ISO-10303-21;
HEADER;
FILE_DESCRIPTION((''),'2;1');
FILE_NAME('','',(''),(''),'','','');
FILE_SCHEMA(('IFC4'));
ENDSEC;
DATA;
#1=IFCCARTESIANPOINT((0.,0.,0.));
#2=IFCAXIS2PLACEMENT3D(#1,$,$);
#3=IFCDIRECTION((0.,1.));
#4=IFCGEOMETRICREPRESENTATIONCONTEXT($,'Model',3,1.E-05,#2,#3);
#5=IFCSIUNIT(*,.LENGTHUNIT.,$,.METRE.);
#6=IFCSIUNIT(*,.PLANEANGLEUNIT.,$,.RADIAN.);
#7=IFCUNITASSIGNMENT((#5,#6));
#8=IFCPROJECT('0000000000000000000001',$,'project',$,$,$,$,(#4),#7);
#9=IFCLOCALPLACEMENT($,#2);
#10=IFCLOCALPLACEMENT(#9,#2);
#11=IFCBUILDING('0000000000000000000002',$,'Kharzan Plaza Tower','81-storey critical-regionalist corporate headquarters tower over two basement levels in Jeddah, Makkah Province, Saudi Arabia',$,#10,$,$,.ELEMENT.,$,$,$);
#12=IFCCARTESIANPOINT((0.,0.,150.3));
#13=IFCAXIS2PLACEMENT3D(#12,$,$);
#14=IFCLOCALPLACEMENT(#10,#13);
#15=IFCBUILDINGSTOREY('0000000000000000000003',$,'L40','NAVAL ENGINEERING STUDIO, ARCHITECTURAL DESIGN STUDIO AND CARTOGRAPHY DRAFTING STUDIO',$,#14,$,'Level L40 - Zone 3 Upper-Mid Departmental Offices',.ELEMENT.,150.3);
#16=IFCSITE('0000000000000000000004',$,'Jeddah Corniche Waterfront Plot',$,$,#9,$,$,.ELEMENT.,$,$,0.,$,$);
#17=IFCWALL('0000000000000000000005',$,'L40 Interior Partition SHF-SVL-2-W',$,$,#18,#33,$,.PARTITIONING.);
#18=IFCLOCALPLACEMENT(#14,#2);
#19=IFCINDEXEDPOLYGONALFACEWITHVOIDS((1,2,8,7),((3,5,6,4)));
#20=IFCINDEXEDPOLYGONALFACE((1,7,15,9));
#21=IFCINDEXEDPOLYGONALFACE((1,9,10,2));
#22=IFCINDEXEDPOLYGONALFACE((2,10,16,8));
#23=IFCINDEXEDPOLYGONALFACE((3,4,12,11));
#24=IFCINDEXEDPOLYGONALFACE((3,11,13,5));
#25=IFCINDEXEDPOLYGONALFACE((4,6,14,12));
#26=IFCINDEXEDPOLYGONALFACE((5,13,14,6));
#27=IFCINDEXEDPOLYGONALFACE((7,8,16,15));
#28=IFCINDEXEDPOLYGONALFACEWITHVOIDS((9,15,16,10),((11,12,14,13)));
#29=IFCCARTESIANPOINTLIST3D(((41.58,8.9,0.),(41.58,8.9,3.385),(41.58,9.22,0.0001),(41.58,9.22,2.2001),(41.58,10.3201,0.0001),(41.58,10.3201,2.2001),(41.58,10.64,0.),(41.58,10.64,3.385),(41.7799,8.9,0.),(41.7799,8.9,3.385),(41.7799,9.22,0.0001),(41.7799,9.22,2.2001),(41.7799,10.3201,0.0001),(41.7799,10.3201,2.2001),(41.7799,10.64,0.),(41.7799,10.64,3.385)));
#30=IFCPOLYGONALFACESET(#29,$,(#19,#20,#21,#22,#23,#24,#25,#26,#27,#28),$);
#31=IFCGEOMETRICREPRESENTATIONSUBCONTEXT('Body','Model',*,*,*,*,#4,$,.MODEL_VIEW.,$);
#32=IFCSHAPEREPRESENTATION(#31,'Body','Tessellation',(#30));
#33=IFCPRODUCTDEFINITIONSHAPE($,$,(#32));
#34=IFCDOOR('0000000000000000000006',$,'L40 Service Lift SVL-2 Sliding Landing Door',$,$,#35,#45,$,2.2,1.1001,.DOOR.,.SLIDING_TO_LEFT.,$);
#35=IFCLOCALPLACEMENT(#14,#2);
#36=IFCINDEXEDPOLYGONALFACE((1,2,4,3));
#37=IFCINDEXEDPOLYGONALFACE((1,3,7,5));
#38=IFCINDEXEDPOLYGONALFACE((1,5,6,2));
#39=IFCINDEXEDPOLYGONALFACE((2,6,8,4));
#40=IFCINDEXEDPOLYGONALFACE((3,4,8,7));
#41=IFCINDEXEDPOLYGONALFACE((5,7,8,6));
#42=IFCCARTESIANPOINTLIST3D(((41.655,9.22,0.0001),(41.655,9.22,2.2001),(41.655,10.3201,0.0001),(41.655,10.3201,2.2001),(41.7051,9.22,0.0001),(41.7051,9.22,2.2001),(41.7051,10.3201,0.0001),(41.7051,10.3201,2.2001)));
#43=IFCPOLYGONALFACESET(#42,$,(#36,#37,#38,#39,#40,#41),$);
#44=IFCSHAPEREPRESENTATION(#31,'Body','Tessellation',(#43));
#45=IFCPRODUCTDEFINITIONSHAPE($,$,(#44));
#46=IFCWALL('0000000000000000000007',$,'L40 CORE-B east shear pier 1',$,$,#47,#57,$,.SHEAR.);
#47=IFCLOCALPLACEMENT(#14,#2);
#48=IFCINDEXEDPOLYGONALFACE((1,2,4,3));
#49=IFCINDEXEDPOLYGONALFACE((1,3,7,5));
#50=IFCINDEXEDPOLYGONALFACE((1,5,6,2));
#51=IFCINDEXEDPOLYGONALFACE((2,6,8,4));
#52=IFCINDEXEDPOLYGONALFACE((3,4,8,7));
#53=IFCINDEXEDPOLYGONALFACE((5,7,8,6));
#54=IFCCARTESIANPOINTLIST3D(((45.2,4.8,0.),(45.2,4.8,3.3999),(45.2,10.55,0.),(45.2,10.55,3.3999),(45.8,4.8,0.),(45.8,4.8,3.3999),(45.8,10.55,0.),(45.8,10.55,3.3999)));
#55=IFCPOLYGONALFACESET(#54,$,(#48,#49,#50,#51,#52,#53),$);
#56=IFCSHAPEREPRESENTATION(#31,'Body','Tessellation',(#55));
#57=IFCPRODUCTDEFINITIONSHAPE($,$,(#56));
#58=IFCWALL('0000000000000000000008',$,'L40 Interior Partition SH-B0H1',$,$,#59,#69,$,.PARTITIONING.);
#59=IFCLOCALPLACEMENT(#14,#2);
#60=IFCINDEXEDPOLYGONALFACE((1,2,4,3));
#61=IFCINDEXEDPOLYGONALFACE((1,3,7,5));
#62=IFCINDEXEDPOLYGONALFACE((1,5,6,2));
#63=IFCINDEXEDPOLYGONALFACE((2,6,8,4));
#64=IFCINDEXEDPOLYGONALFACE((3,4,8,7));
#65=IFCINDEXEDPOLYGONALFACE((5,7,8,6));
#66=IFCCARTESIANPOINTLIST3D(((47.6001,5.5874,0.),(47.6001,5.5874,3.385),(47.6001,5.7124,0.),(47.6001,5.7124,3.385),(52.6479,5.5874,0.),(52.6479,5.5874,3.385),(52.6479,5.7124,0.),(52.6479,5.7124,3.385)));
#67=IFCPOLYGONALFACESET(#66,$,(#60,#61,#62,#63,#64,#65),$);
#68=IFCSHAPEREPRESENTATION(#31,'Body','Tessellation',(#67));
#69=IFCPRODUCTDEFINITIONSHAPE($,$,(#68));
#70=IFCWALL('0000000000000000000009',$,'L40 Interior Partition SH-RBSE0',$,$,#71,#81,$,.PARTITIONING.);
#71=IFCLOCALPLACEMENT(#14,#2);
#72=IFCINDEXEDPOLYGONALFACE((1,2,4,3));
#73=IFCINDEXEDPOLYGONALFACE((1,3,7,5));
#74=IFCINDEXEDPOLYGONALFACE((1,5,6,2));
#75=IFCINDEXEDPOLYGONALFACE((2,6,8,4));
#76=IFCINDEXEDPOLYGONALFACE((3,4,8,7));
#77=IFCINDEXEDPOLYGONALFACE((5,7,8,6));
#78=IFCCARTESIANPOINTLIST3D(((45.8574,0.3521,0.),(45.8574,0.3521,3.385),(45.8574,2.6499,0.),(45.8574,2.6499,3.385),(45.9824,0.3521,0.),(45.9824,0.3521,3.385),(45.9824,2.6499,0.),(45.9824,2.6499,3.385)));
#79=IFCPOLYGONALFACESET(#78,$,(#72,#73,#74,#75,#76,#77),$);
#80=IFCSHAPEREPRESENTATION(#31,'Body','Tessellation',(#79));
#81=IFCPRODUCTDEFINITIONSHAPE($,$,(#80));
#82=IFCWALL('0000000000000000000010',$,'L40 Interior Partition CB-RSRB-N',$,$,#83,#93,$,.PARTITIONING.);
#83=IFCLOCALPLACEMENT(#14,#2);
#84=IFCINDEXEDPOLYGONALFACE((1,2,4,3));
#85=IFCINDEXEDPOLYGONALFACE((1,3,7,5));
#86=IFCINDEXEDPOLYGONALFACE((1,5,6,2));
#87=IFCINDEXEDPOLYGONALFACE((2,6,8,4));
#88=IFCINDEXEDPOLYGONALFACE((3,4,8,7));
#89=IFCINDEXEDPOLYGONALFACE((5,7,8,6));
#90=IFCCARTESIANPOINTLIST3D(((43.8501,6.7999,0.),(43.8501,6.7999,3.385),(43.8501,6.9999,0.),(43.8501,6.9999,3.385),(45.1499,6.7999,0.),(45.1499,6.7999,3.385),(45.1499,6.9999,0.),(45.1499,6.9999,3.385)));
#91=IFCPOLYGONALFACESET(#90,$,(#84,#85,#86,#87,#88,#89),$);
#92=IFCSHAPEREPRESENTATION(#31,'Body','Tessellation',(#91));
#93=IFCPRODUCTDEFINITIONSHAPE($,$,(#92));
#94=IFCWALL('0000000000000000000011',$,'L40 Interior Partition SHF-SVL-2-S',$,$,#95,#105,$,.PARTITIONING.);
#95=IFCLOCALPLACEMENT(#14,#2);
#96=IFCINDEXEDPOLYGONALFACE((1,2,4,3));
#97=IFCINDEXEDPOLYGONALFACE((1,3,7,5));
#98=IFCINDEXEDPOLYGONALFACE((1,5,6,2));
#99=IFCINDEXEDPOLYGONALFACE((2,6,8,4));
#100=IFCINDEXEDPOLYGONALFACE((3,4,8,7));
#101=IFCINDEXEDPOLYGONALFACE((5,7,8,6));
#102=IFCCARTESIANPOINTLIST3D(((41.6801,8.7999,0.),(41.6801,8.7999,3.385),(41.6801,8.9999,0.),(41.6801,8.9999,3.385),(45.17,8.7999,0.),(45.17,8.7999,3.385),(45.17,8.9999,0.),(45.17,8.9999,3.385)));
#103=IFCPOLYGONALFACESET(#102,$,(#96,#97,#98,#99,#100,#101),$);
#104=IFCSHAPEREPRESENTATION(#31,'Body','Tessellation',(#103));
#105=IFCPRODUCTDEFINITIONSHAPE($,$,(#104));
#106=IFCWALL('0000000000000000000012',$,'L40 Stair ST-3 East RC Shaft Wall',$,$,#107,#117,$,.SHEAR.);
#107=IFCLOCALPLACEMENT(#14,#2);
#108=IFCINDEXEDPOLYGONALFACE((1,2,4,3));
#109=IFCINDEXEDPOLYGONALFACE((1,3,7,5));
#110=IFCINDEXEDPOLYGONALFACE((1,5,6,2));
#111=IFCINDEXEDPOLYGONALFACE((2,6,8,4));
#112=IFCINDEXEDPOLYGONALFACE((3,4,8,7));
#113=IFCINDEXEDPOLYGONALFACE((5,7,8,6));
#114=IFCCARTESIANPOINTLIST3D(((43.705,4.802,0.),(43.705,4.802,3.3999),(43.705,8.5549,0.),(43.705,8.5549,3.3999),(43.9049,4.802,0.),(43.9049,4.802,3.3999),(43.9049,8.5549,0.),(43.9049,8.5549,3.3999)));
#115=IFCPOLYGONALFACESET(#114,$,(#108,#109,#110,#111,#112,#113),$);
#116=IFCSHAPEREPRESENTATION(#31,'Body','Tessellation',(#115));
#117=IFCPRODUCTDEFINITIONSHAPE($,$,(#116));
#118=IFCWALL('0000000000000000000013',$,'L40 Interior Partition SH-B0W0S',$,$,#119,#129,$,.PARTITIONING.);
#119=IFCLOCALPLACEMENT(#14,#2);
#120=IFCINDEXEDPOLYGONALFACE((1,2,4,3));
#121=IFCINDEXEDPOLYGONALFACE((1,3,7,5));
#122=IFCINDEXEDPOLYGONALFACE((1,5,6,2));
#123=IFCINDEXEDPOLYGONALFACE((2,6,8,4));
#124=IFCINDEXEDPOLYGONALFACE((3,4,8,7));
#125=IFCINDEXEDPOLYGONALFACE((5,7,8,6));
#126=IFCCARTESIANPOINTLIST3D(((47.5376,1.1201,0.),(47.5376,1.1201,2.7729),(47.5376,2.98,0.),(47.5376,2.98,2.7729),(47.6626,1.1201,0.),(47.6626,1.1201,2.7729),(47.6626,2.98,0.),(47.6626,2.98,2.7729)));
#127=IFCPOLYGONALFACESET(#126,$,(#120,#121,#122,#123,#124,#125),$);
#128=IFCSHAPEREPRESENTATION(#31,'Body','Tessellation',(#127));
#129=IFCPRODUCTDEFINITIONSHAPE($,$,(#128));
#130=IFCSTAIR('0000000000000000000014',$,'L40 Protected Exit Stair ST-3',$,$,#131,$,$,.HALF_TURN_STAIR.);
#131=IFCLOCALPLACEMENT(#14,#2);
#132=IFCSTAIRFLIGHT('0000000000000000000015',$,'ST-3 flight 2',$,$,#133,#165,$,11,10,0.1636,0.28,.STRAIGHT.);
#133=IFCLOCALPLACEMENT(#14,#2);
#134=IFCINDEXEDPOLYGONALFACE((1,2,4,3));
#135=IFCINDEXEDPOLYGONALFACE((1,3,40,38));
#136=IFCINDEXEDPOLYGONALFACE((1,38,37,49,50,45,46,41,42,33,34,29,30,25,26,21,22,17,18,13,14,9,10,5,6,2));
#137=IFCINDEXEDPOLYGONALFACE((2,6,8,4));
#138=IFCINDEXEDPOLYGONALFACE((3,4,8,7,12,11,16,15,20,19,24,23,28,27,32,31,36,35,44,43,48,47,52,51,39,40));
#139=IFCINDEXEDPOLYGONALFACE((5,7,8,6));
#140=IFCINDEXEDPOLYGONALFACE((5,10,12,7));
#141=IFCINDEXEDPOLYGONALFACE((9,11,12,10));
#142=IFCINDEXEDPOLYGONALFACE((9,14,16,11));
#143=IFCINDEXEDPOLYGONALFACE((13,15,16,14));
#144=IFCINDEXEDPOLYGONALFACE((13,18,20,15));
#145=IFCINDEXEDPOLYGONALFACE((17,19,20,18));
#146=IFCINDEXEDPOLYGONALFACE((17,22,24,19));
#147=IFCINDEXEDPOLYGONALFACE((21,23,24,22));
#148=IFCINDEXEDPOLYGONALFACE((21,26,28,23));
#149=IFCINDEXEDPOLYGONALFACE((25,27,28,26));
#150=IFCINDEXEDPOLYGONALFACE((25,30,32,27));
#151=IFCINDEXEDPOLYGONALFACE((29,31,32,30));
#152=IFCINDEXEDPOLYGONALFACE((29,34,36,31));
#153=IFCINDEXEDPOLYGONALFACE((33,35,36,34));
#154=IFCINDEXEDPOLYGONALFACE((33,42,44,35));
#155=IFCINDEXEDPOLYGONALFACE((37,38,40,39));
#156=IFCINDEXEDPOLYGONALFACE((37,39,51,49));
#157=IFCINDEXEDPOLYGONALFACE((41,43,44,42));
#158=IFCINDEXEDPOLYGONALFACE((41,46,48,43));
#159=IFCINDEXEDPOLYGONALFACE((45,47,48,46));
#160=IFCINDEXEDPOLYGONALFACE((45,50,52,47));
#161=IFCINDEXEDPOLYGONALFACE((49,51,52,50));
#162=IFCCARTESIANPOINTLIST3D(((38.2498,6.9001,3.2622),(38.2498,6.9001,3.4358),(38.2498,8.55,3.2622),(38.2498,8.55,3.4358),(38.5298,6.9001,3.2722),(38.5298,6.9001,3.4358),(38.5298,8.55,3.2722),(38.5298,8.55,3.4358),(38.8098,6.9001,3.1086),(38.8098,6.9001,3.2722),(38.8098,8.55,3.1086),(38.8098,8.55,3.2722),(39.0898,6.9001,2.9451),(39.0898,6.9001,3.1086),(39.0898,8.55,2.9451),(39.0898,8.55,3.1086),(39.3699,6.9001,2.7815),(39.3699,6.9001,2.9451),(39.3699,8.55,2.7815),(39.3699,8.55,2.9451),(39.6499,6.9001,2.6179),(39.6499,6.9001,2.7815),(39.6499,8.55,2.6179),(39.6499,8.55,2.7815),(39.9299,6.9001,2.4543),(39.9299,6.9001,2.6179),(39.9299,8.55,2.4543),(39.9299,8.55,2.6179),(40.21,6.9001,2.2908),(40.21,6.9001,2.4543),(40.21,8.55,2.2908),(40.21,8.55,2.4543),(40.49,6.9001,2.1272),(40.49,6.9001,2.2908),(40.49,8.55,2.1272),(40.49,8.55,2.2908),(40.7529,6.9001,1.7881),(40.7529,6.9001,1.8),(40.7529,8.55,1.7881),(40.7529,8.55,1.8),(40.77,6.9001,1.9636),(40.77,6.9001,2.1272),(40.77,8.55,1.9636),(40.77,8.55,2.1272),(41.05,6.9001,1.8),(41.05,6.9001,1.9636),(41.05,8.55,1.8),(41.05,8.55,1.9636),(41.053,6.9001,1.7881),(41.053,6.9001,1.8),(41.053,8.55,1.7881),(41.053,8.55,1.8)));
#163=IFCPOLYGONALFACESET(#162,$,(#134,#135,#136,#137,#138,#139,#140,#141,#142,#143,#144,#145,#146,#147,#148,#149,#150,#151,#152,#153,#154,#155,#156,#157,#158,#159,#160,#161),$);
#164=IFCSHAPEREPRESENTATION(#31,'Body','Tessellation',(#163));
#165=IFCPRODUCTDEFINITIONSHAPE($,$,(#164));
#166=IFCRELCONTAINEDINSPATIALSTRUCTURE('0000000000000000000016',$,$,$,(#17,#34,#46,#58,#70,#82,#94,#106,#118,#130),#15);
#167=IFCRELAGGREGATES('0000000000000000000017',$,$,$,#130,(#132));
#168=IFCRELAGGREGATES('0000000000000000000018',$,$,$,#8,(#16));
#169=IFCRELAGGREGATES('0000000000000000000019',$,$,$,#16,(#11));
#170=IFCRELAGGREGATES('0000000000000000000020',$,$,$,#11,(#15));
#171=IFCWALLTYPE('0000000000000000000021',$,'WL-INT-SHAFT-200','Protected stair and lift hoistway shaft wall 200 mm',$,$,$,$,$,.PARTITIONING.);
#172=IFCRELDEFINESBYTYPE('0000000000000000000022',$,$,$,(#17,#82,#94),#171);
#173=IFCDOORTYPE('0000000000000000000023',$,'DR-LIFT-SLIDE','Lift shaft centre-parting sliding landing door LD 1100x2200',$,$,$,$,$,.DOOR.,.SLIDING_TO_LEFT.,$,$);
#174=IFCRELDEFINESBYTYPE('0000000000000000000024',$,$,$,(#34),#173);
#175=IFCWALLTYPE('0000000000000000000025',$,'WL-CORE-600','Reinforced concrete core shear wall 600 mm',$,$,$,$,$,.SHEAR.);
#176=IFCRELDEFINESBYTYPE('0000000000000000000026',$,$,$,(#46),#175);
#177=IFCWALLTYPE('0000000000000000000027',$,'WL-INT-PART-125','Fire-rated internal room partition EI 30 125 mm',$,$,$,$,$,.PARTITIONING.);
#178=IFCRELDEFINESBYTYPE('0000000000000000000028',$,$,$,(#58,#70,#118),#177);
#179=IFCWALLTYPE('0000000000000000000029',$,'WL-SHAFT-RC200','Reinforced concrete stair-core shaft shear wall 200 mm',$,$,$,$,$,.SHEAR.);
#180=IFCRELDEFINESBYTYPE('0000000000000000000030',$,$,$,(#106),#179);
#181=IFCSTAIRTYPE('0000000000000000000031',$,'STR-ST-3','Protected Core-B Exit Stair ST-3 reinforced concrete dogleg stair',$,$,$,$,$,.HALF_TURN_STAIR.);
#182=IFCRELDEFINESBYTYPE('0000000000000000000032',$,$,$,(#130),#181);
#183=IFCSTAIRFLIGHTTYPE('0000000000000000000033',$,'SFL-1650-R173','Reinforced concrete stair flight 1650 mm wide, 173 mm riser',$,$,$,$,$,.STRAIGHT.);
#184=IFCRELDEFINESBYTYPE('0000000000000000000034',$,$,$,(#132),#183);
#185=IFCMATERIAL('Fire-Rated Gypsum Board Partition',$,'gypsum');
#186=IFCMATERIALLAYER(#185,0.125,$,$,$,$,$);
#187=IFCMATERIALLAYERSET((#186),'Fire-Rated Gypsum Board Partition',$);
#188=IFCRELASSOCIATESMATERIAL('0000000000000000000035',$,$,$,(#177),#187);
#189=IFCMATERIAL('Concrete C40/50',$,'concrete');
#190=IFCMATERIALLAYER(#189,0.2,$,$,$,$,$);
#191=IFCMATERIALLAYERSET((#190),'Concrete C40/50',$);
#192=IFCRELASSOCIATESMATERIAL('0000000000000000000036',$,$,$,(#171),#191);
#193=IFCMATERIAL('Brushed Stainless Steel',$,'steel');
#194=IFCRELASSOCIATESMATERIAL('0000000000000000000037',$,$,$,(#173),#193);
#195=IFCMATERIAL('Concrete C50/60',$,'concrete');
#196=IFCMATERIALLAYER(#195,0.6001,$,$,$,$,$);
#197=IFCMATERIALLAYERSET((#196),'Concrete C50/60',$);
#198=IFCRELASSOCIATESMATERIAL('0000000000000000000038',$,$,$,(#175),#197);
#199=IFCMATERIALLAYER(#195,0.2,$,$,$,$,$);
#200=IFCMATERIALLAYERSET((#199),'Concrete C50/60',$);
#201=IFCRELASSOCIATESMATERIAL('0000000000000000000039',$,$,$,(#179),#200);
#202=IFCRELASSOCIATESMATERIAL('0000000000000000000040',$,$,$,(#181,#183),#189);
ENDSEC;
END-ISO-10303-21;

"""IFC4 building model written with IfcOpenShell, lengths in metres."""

from ifc_helpers import new_model, si_unit, direction, frame, frame_2d, origin, place, context, subcontext, project, spatial, polyline, rectangle, outline, extrude, source, transform, mapped, material, layer, layer_set, type_object, element, fill, aggregate, save


model = new_model("IFC4")

# Units and contexts
model_context = context("Model", 3, precision=1e-05, world=origin(), true_north=direction((0.0, 1.0)))
body_context = subcontext(model_context, "Body", "Model", "MODEL_VIEW")
ifc_project = project(units=[si_unit("LENGTHUNIT", "METRE"), si_unit("PLANEANGLEUNIT", "RADIAN")], contexts=[model_context])

# Site, building, storey
site_placement = place(None, origin())
site = spatial("IfcSite", under=ifc_project, at=site_placement, Name="Jeddah Corniche Waterfront Plot", CompositionType="ELEMENT", RefElevation=0.0)
building_placement = place(site_placement, origin())
building = spatial("IfcBuilding", under=site, at=building_placement, Name="Kharzan Plaza Tower", Description="81-storey critical-regionalist corporate headquarters tower over two basement levels in Jeddah, Makkah Province, Saudi Arabia", CompositionType="ELEMENT")
storey_placement = place(building_placement, frame((0.0, 0.0, 150.3)))
storey = spatial("IfcBuildingStorey", under=building, at=storey_placement, Name="L40", Description="NAVAL ENGINEERING STUDIO, ARCHITECTURAL DESIGN STUDIO AND CARTOGRAPHY DRAFTING STUDIO", LongName="Level L40 - Zone 3 Upper-Mid Departmental Offices", CompositionType="ELEMENT", Elevation=150.3)

# Shared definitions
ifc_material_1 = material(Name="Concrete C50/60", Category="concrete")

# Wall, opening, door
ifc_material_2 = material(Name="Fire-Rated Gypsum Board Partition", Category="gypsum")
ifc_layer_1 = layer(ifc_material_2, 0.125)
ifc_layer_set_1 = layer_set([ifc_layer_1], Name="Fire-Rated Gypsum Board Partition")
wall_type_1 = type_object("IfcWallType", Name="WL-INT-PART-125", Description="Fire-rated internal room partition EI 30 125 mm", PredefinedType="PARTITIONING", material=ifc_layer_set_1)
ifc_material_3 = material(Name="Concrete C40/50", Category="concrete")
ifc_layer_2 = layer(ifc_material_3, 0.2)
ifc_layer_set_2 = layer_set([ifc_layer_2], Name="Concrete C40/50")
wall_type_2 = type_object("IfcWallType", Name="WL-INT-SHAFT-200", Description="Protected stair and lift hoistway shaft wall 200 mm", PredefinedType="PARTITIONING", material=ifc_layer_set_2)
wall_1_placement = place(storey_placement, frame((41.6799, 8.8999, 0.0), z_axis=(0.0, 0.0, 1.0), x_axis=(0.0, 1.0, 0.0)))
wall_1 = element("IfcWall", 1, at=wall_1_placement, inside=storey, type_object=wall_type_2, Name="L40 Interior Partition SHF-SVL-2-W", PredefinedType="PARTITIONING", context=body_context, shape_type="SweptSolid", body=[
    extrude(rectangle(XDim=1.74, YDim=0.2, at=frame_2d((0.8701, 0.0))), origin(), (0.0, 0.0, 1.0), 3.385),
])
opening_1_placement = place(wall_1_placement, frame((0.3201, 0.0, 0.0)))
opening_1 = element("IfcOpeningElement", 2, at=opening_1_placement, cuts=wall_1, PredefinedType="OPENING", context=body_context, shape_type="SweptSolid", body=[
    extrude(rectangle(XDim=1.1001, YDim=2.2, at=frame_2d((0.55, 1.1001))), frame((0.0, 0.1099, 0.0), z_axis=(0.0, -1.0, 0.0), x_axis=(1.0, 0.0, 0.0)), (0.0, 0.0, 1.0), 0.22),
])
ifc_material_4 = material(Name="Brushed Stainless Steel", Category="steel")
door_type_1 = type_object("IfcDoorType", Name="DR-LIFT-SLIDE", Description="Lift shaft centre-parting sliding landing door LD 1100x2200", OperationType="SLIDING_TO_LEFT", PredefinedType="DOOR", material=ifc_material_4)
shared_shape_1 = source(origin(), body_context, "Body", "SweptSolid", [
    extrude(rectangle(XDim=1.1001, YDim=2.2, at=frame_2d((0.55, 1.1001))), frame((0.0, 0.0249, 0.0), z_axis=(0.0, -1.0, 0.0), x_axis=(1.0, 0.0, 0.0)), (0.0, 0.0, 1.0), 0.05),
])
door_1_placement = place(opening_1_placement, origin())
door_1 = element("IfcDoor", 3, at=door_1_placement, inside=storey, type_object=door_type_1, Name="L40 Service Lift SVL-2 Sliding Landing Door", OperationType="SLIDING_TO_LEFT", OverallHeight=2.2, OverallWidth=1.1001, PredefinedType="DOOR", context=body_context, shape_type="MappedRepresentation", body=[
    mapped(shared_shape_1, transform((0.0, 0.0, 0.0), x_axis=(1.0, 0.0, 0.0), y_axis=(0.0, 1.0, 0.0), z_axis=(0.0, 0.0, 1.0))),
])
fill(opening_1, door_1)

# Walls
ifc_layer_3 = layer(ifc_material_1, 0.6001)
ifc_layer_set_3 = layer_set([ifc_layer_3], Name="Concrete C50/60")
wall_type_3 = type_object("IfcWallType", Name="WL-CORE-600", Description="Reinforced concrete core shear wall 600 mm", PredefinedType="SHEAR", material=ifc_layer_set_3)
shared_shape_2 = source(origin(), body_context, "Body", "SweptSolid", [
    extrude(rectangle(XDim=5.75, YDim=0.6001, at=frame_2d((2.875, 0.0))), origin(), (0.0, 0.0, 1.0), 3.3999),
])
wall_2_placement = place(storey_placement, frame((45.5, 4.8, 0.0), z_axis=(0.0, 0.0, 1.0), x_axis=(0.0, 1.0, 0.0)))
element("IfcWall", 4, at=wall_2_placement, inside=storey, type_object=wall_type_3, Name="L40 CORE-B east shear pier 1", PredefinedType="SHEAR", context=body_context, shape_type="MappedRepresentation", body=[
    mapped(shared_shape_2, transform((0.0, 0.0, 0.0), x_axis=(1.0, 0.0, 0.0), y_axis=(0.0, 1.0, 0.0), z_axis=(0.0, 0.0, 1.0))),
])
shared_shape_3 = source(origin(), body_context, "Body", "SweptSolid", [
    extrude(rectangle(XDim=5.0479, YDim=0.125, at=frame_2d((2.5239, 0.0))), origin(), (0.0, 0.0, 1.0), 3.385),
])
wall_3_placement = place(storey_placement, frame((47.6001, 5.6499, 0.0), z_axis=(0.0, 0.0, 1.0), x_axis=(1.0, 0.0, 0.0)))
element("IfcWall", 5, at=wall_3_placement, inside=storey, type_object=wall_type_1, Name="L40 Interior Partition SH-B0H1", PredefinedType="PARTITIONING", context=body_context, shape_type="MappedRepresentation", body=[
    mapped(shared_shape_3, transform((0.0, 0.0, 0.0), x_axis=(1.0, 0.0, 0.0), y_axis=(0.0, 1.0, 0.0), z_axis=(0.0, 0.0, 1.0))),
])
shared_shape_4 = source(origin(), body_context, "Body", "SweptSolid", [
    extrude(rectangle(XDim=2.2979, YDim=0.125, at=frame_2d((1.1489, 0.0))), origin(), (0.0, 0.0, 1.0), 3.385),
])
wall_4_placement = place(storey_placement, frame((45.9199, 0.3521, 0.0), z_axis=(0.0, 0.0, 1.0), x_axis=(0.0, 1.0, 0.0)))
element("IfcWall", 6, at=wall_4_placement, inside=storey, type_object=wall_type_1, Name="L40 Interior Partition SH-RBSE0", PredefinedType="PARTITIONING", context=body_context, shape_type="MappedRepresentation", body=[
    mapped(shared_shape_4, transform((0.0, 0.0, 0.0), x_axis=(1.0, 0.0, 0.0), y_axis=(0.0, 1.0, 0.0), z_axis=(0.0, 0.0, 1.0))),
])
shared_shape_5 = source(origin(), body_context, "Body", "SweptSolid", [
    extrude(rectangle(XDim=1.2998, YDim=0.2, at=frame_2d((0.6499, 0.0))), origin(), (0.0, 0.0, 1.0), 3.385),
])
wall_5_placement = place(storey_placement, frame((43.8501, 6.8999, 0.0), z_axis=(0.0, 0.0, 1.0), x_axis=(1.0, 0.0, 0.0)))
element("IfcWall", 7, at=wall_5_placement, inside=storey, type_object=wall_type_2, Name="L40 Interior Partition CB-RSRB-N", PredefinedType="PARTITIONING", context=body_context, shape_type="MappedRepresentation", body=[
    mapped(shared_shape_5, transform((0.0, 0.0, 0.0), x_axis=(1.0, 0.0, 0.0), y_axis=(0.0, 1.0, 0.0), z_axis=(0.0, 0.0, 1.0))),
])
shared_shape_6 = source(origin(), body_context, "Body", "SweptSolid", [
    extrude(rectangle(XDim=3.49, YDim=0.2, at=frame_2d((1.7451, 0.0))), origin(), (0.0, 0.0, 1.0), 3.385),
])
wall_6_placement = place(storey_placement, frame((41.6799, 8.8999, 0.0), z_axis=(0.0, 0.0, 1.0), x_axis=(1.0, 0.0, 0.0)))
element("IfcWall", 8, at=wall_6_placement, inside=storey, type_object=wall_type_2, Name="L40 Interior Partition SHF-SVL-2-S", PredefinedType="PARTITIONING", context=body_context, shape_type="MappedRepresentation", body=[
    mapped(shared_shape_6, transform((0.0, 0.0, 0.0), x_axis=(1.0, 0.0, 0.0), y_axis=(0.0, 1.0, 0.0), z_axis=(0.0, 0.0, 1.0))),
])
ifc_layer_4 = layer(ifc_material_1, 0.2)
ifc_layer_set_4 = layer_set([ifc_layer_4], Name="Concrete C50/60")
wall_type_4 = type_object("IfcWallType", Name="WL-SHAFT-RC200", Description="Reinforced concrete stair-core shaft shear wall 200 mm", PredefinedType="SHEAR", material=ifc_layer_set_4)
shared_shape_7 = source(origin(), body_context, "Body", "SweptSolid", [
    extrude(rectangle(XDim=3.7529, YDim=0.2, at=frame_2d((1.8765, 0.0))), origin(), (0.0, 0.0, 1.0), 3.3999),
])
wall_7_placement = place(storey_placement, frame((43.8049, 4.802, 0.0), z_axis=(0.0, 0.0, 1.0), x_axis=(0.0, 1.0, 0.0)))
element("IfcWall", 9, at=wall_7_placement, inside=storey, type_object=wall_type_4, Name="L40 Stair ST-3 East RC Shaft Wall", PredefinedType="SHEAR", context=body_context, shape_type="MappedRepresentation", body=[
    mapped(shared_shape_7, transform((0.0, 0.0, 0.0), x_axis=(1.0, 0.0, 0.0), y_axis=(0.0, 1.0, 0.0), z_axis=(0.0, 0.0, 1.0))),
])
shared_shape_8 = source(origin(), body_context, "Body", "SweptSolid", [
    extrude(rectangle(XDim=1.8599, YDim=0.125, at=frame_2d((0.9299, 0.0))), origin(), (0.0, 0.0, 1.0), 2.7729),
])
wall_8_placement = place(storey_placement, frame((47.6001, 1.1201, 0.0), z_axis=(0.0, 0.0, 1.0), x_axis=(0.0, 1.0, 0.0)))
element("IfcWall", 10, at=wall_8_placement, inside=storey, type_object=wall_type_1, Name="L40 Interior Partition SH-B0W0S", PredefinedType="PARTITIONING", context=body_context, shape_type="MappedRepresentation", body=[
    mapped(shared_shape_8, transform((0.0, 0.0, 0.0), x_axis=(1.0, 0.0, 0.0), y_axis=(0.0, 1.0, 0.0), z_axis=(0.0, 0.0, 1.0))),
])

# Stair, stair flight
stair_type = type_object("IfcStairType", Name="STR-ST-3", Description="Protected Core-B Exit Stair ST-3 reinforced concrete dogleg stair", PredefinedType="HALF_TURN_STAIR", material=ifc_material_3)
stair_placement = place(storey_placement, origin())
stair = element("IfcStair", 11, at=stair_placement, inside=storey, type_object=stair_type, Name="L40 Protected Exit Stair ST-3", PredefinedType="HALF_TURN_STAIR")
stair_flight_type = type_object("IfcStairFlightType", Name="SFL-1650-R173", Description="Reinforced concrete stair flight 1650 mm wide, 173 mm riser", PredefinedType="STRAIGHT", material=ifc_material_3)
shared_shape_9 = source(origin(), body_context, "Body", "SweptSolid", [
    extrude(outline(polyline([(-0.0029, -0.012), (-0.0029, 0.0), (0.0, 0.0), (0.0, 0.1636), (0.28, 0.1636), (0.28, 0.3271), (0.5601, 0.3271), (0.5601, 0.4907), (0.8401, 0.4907), (0.8401, 0.6543), (1.1201, 0.6543), (1.1201, 0.8179), (1.4001, 0.8179), (1.4001, 0.9814), (1.6802, 0.9814), (1.6802, 1.145), (1.9602, 1.145), (1.9602, 1.3086), (2.2402, 1.3086), (2.2402, 1.4722), (2.5203, 1.4722), (2.5203, 1.6357), (2.8003, 1.6357), (2.8003, 1.7993), (2.8003, 1.4622), (0.2971, 0.0), (0.2971, -0.012), (-0.0029, -0.012)])), frame((0.0, 0.825, 0.0), z_axis=(0.0, -1.0, 0.0), x_axis=(1.0, 0.0, 0.0)), (0.0, 0.0, 1.0), 1.6499),
])
stair_flight_placement = place(storey_placement, frame((41.05, 7.7251, 1.8), z_axis=(0.0, 0.0, 1.0), x_axis=(-1.0, 0.0, 0.0)))
stair_flight = element("IfcStairFlight", 12, at=stair_flight_placement, type_object=stair_flight_type, Name="ST-3 flight 2", NumberOfRisers=11, NumberOfTreads=10, PredefinedType="STRAIGHT", RiserHeight=0.1636, TreadLength=0.28, context=body_context, shape_type="MappedRepresentation", body=[
    mapped(shared_shape_9, transform((0.0, 0.0, 0.0), x_axis=(1.0, 0.0, 0.0), y_axis=(0.0, 1.0, 0.0), z_axis=(0.0, 0.0, 1.0))),
])
aggregate(stair, [stair_flight])

save(model, "model.ifc")
